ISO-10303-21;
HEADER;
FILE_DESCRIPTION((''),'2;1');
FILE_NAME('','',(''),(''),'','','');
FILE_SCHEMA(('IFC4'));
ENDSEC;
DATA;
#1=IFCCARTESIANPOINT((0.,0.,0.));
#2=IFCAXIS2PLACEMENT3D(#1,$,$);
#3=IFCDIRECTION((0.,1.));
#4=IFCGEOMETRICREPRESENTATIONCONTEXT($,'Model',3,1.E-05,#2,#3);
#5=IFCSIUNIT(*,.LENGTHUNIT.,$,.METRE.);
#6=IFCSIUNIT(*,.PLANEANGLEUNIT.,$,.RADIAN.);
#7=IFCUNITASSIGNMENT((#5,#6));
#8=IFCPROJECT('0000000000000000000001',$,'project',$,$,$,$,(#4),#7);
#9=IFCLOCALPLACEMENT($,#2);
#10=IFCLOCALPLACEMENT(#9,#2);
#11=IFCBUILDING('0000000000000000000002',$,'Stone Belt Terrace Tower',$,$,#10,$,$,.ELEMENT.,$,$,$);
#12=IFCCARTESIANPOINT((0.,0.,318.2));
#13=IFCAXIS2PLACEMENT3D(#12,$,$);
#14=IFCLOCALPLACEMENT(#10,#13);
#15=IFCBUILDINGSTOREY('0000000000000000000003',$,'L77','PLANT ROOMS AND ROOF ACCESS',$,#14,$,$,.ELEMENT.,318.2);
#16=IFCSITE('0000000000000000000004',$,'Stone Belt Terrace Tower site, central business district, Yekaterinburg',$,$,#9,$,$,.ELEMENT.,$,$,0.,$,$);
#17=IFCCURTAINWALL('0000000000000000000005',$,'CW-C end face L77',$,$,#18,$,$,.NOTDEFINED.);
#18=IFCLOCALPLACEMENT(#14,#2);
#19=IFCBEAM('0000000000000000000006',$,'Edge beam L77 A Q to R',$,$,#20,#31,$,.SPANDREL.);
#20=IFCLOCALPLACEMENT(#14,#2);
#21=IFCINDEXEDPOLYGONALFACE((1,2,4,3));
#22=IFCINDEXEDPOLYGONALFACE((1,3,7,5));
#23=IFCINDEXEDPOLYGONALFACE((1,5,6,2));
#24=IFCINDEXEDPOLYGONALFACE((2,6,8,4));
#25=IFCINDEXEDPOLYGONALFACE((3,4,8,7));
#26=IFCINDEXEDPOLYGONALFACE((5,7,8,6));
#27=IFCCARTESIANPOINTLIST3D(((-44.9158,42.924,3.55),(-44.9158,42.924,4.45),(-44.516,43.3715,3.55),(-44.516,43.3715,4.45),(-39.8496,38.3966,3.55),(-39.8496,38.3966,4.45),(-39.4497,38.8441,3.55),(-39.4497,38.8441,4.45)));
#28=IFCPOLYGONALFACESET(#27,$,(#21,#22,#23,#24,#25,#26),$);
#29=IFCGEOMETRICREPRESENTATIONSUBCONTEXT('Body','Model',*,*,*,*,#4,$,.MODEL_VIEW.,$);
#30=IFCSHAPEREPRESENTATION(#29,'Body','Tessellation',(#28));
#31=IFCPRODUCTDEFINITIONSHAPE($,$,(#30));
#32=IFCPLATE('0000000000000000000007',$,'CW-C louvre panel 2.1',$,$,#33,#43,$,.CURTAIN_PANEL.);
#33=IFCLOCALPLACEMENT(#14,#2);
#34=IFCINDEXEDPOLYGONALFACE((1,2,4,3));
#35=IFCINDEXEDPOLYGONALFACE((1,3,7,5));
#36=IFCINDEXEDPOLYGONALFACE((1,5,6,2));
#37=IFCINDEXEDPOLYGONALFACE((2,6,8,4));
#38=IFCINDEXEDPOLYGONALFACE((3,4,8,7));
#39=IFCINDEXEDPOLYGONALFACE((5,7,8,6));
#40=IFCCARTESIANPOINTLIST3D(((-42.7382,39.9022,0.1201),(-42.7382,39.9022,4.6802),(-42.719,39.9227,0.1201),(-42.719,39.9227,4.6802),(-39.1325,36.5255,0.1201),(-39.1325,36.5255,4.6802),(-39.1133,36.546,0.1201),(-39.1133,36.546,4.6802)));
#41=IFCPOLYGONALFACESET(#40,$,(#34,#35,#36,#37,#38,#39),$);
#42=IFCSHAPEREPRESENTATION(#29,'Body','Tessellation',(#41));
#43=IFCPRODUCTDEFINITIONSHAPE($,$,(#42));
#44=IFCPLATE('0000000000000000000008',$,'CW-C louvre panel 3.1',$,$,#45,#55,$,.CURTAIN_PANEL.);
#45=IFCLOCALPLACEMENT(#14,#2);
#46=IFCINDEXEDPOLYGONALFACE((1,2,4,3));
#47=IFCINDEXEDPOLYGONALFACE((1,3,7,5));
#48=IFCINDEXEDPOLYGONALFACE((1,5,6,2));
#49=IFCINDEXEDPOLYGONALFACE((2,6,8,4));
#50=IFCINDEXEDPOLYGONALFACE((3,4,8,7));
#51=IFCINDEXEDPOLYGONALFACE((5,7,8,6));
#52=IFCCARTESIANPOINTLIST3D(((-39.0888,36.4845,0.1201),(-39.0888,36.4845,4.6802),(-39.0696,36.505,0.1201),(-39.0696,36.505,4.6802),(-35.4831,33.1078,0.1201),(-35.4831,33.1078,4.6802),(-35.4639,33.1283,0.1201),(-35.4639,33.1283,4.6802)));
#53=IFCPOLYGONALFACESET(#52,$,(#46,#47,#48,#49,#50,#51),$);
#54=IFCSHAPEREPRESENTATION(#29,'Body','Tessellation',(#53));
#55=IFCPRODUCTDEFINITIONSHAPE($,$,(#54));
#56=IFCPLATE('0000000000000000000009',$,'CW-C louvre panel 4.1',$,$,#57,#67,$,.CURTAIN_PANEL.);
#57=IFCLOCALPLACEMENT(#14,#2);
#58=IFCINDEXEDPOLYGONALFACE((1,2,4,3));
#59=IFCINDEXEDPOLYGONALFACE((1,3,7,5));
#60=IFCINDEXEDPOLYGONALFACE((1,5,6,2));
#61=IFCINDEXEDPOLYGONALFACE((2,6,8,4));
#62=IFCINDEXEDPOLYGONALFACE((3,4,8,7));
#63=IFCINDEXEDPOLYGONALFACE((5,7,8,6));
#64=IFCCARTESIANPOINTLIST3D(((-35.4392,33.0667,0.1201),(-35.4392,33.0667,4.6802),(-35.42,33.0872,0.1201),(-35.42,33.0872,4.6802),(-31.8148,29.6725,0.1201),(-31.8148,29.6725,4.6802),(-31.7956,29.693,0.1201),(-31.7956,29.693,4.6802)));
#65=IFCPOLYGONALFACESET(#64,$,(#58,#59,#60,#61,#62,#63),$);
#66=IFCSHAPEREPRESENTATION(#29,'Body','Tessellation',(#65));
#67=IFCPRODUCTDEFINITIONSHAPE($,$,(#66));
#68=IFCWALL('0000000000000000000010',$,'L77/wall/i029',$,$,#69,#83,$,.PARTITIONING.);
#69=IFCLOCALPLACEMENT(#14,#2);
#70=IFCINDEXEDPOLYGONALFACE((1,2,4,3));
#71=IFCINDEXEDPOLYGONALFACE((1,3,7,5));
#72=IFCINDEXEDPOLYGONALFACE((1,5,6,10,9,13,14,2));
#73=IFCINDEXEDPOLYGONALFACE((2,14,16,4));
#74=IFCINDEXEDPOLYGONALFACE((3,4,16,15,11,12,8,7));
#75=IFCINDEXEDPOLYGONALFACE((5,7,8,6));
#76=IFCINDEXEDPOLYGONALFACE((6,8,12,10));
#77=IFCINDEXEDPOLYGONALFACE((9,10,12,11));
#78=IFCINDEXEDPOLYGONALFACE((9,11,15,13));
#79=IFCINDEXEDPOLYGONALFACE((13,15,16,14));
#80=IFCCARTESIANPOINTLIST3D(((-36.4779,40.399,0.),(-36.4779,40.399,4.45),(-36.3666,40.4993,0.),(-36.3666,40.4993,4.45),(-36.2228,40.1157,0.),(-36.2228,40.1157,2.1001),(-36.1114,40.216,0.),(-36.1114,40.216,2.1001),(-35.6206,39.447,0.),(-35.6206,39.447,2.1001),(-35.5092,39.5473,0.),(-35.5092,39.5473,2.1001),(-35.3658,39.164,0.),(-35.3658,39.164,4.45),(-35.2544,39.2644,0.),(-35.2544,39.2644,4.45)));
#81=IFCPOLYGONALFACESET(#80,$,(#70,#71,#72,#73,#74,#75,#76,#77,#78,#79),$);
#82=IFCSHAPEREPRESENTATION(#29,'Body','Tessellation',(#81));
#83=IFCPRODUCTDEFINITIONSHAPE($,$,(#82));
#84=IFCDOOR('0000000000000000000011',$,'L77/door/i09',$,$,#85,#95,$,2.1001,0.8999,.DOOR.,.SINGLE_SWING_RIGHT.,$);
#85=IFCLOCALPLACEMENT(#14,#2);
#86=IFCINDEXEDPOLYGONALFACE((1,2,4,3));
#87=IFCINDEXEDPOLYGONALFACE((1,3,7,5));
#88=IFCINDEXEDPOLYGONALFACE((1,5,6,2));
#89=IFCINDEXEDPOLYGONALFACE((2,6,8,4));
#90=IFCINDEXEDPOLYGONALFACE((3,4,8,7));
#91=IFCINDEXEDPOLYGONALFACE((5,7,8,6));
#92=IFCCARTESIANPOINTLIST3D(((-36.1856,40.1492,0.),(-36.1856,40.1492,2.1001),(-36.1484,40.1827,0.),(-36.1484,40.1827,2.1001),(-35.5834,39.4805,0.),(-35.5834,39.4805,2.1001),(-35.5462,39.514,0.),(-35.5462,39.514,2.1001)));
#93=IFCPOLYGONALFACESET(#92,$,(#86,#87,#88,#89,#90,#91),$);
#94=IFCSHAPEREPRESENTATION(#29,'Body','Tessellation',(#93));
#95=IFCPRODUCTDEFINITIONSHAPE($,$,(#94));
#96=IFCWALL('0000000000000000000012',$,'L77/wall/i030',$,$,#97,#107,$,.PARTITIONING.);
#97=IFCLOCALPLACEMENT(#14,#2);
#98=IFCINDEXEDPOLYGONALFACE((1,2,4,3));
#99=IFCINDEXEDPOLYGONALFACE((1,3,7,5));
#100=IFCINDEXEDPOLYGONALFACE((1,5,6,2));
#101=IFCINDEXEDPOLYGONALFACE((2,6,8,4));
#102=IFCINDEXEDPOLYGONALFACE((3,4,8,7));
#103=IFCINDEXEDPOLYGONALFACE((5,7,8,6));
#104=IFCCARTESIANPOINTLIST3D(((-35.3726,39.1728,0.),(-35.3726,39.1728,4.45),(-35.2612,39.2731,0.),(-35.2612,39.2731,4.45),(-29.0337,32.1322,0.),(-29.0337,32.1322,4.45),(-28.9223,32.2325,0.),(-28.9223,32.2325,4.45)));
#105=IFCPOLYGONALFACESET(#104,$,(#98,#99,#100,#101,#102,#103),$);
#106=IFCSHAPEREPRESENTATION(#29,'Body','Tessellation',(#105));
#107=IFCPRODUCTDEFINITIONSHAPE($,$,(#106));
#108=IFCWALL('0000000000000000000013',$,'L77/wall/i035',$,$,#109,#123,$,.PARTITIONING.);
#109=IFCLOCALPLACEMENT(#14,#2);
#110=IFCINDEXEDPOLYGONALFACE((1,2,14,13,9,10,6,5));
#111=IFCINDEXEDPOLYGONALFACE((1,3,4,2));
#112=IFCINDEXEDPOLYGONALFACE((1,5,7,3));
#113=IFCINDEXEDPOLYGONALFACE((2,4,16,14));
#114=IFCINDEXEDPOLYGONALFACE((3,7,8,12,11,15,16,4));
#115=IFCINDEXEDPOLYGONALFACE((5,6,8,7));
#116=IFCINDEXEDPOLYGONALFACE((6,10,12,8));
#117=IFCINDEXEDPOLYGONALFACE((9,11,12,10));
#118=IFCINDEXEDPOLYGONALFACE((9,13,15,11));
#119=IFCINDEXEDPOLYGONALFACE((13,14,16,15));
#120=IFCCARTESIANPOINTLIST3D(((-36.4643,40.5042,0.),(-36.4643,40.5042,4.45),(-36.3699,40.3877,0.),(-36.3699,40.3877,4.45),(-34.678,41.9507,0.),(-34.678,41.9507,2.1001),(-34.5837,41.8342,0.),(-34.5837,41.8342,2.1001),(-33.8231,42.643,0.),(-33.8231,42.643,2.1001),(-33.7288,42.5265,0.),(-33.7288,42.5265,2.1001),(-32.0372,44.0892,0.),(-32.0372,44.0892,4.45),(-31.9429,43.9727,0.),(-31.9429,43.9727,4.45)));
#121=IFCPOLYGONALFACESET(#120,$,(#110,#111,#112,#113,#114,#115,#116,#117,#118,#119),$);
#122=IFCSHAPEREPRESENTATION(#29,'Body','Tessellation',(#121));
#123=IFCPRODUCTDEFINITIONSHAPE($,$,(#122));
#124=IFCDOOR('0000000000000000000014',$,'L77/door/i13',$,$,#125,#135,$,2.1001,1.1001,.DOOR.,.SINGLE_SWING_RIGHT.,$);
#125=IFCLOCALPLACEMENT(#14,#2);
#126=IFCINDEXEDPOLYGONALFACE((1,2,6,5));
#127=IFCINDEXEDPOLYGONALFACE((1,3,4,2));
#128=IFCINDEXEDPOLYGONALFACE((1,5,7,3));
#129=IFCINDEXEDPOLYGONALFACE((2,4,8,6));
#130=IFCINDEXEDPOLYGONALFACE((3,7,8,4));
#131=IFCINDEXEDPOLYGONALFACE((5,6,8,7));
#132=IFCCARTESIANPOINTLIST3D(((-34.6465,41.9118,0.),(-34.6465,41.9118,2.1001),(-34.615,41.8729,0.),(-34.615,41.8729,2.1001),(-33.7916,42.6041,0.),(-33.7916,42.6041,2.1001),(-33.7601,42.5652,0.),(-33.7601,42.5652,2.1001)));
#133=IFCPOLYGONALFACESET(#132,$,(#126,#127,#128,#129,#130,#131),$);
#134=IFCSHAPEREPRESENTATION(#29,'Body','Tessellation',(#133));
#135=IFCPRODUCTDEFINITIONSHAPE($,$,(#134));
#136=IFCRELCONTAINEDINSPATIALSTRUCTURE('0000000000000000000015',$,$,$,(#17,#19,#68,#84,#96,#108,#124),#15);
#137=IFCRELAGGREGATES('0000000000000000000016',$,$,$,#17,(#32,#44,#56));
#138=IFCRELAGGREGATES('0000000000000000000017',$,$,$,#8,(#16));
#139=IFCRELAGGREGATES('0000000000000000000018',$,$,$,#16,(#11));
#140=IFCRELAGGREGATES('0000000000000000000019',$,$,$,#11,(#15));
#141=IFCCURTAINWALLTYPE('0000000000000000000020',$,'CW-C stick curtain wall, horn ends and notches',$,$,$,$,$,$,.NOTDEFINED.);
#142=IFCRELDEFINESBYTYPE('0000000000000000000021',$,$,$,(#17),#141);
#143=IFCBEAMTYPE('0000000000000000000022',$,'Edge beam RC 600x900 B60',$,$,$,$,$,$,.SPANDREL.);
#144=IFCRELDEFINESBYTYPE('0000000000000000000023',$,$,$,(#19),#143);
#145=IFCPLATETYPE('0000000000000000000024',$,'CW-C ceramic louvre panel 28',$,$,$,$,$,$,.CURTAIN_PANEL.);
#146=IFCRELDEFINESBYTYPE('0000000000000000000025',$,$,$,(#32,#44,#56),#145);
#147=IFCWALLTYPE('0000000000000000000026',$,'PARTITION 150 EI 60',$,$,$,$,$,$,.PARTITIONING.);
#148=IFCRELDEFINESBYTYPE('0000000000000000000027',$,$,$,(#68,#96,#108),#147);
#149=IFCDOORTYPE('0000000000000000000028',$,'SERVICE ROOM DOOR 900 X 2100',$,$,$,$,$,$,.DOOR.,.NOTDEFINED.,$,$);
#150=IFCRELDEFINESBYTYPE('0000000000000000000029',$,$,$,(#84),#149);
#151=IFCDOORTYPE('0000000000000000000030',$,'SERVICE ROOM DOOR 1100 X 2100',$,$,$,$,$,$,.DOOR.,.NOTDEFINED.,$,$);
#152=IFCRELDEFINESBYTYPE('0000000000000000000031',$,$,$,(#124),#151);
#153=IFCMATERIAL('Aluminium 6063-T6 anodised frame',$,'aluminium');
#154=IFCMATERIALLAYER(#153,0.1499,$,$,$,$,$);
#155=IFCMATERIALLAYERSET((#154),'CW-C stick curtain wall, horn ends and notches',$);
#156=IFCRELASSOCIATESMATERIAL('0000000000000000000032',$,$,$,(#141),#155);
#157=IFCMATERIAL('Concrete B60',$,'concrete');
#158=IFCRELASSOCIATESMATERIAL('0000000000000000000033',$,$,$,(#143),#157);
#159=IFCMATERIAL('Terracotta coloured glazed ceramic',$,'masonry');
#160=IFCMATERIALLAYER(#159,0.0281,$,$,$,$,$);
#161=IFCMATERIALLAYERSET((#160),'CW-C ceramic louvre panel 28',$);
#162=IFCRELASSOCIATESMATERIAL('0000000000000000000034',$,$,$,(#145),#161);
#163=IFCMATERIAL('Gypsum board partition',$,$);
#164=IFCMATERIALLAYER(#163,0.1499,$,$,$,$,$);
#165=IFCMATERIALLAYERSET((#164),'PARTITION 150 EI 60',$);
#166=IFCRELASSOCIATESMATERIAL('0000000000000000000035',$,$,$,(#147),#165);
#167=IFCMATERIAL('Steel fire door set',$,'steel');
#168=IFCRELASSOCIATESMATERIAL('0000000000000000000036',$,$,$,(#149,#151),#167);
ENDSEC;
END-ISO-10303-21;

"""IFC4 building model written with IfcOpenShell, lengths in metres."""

from ifc_helpers import new_model, si_unit, direction, frame, frame_2d, origin, origin_2d, place, context, subcontext, project, spatial, rectangle, extrude, material, layer, layer_set, material_profile, profile_set, type_object, element, fill, aggregate, save


model = new_model("IFC4")

# Units and contexts
model_context = context("Model", 3, precision=1e-05, world=origin(), true_north=direction((0.0, 1.0)))
body_context = subcontext(model_context, "Body", "Model", "MODEL_VIEW")
ifc_project = project(units=[si_unit("LENGTHUNIT", "METRE"), si_unit("PLANEANGLEUNIT", "RADIAN")], contexts=[model_context])

# Site, building, storey
site_placement = place(None, origin())
site = spatial("IfcSite", under=ifc_project, at=site_placement, Name="Stone Belt Terrace Tower site, central business district, Yekaterinburg", CompositionType="ELEMENT", RefElevation=0.0)
building_placement = place(site_placement, origin())
building = spatial("IfcBuilding", under=site, at=building_placement, Name="Stone Belt Terrace Tower", CompositionType="ELEMENT")
storey_placement = place(building_placement, frame((0.0, 0.0, 318.2)))
storey = spatial("IfcBuildingStorey", under=building, at=storey_placement, Name="L77", Description="PLANT ROOMS AND ROOF ACCESS", CompositionType="ELEMENT", Elevation=318.2)

# Shared definitions
ifc_material_1 = material(Name="Concrete B60", Category="concrete")

# Shared definitions
ifc_material_2 = material(Name="Aluminium 6063-T6 anodised frame", Category="aluminium")
ifc_layer_1 = layer(ifc_material_2, 0.1499)
ifc_layer_set_1 = layer_set([ifc_layer_1], Name="CW-C stick curtain wall, horn ends and notches")
curtain_wall_type = type_object("IfcCurtainWallType", Name="CW-C stick curtain wall, horn ends and notches", PredefinedType="NOTDEFINED", material=ifc_layer_set_1)

# Curtain wall
curtain_wall_1_placement = place(storey_placement, origin())
curtain_wall_1 = element("IfcCurtainWall", 1, at=curtain_wall_1_placement, inside=storey, type_object=curtain_wall_type, Name="CW-C end face L77", PredefinedType="NOTDEFINED")

# Beam
ifc_material_profile_1 = material_profile(ifc_material_1, rectangle(XDim=0.6001, YDim=0.8999, at=origin_2d()), Name="RC 600x900")
ifc_profile_set_1 = profile_set([ifc_material_profile_1], Name="Concrete B60")
beam_type = type_object("IfcBeamType", Name="Edge beam RC 600x900 B60", PredefinedType="SPANDREL", material=ifc_profile_set_1)
beam_1_placement = place(storey_placement, frame((-39.6497, 38.6204, 4.0), z_axis=(-0.745646, 0.666342, 0.0), x_axis=(-0.666342, -0.745646, 0.0)))
element("IfcBeam", 2, at=beam_1_placement, inside=storey, type_object=beam_type, Name="Edge beam L77 A Q to R", PredefinedType="SPANDREL", context=body_context, shape_type="SweptSolid", body=[
    extrude(rectangle(XDim=0.6001, YDim=0.8999, at=origin_2d()), origin(), (0.0, 0.0, 1.0), 6.7944),
])

# Plates
ifc_material_3 = material(Name="Terracotta coloured glazed ceramic", Category="masonry")
ifc_layer_2 = layer(ifc_material_3, 0.0281)
ifc_layer_set_2 = layer_set([ifc_layer_2], Name="CW-C ceramic louvre panel 28")
plate_type = type_object("IfcPlateType", Name="CW-C ceramic louvre panel 28", PredefinedType="CURTAIN_PANEL", material=ifc_layer_set_2)
plate_1_placement = place(storey_placement, frame((-40.9258, 38.2241, 0.1201), z_axis=(0.0, 0.0, 1.0), x_axis=(0.729904, -0.683549, 0.0)))
plate_1 = element("IfcPlate", 3, at=plate_1_placement, type_object=plate_type, Name="CW-C louvre panel 2.1", PredefinedType="CURTAIN_PANEL", context=body_context, shape_type="SweptSolid", body=[
    extrude(rectangle(XDim=4.9399, YDim=0.0281, at=origin_2d()), origin(), (0.0, 0.0, 1.0), 4.5601),
])
plate_2_placement = place(storey_placement, frame((-37.2764, 34.8064, 0.1201), z_axis=(0.0, 0.0, 1.0), x_axis=(0.729904, -0.683549, 0.0)))
plate_2 = element("IfcPlate", 4, at=plate_2_placement, type_object=plate_type, Name="CW-C louvre panel 3.1", PredefinedType="CURTAIN_PANEL", context=body_context, shape_type="SweptSolid", body=[
    extrude(rectangle(XDim=4.9399, YDim=0.0281, at=origin_2d()), origin(), (0.0, 0.0, 1.0), 4.5601),
])
plate_3_placement = place(storey_placement, frame((-33.6174, 31.3799, 0.1201), z_axis=(0.0, 0.0, 1.0), x_axis=(0.729904, -0.683549, 0.0)))
plate_3 = element("IfcPlate", 5, at=plate_3_placement, type_object=plate_type, Name="CW-C louvre panel 4.1", PredefinedType="CURTAIN_PANEL", context=body_context, shape_type="SweptSolid", body=[
    extrude(rectangle(XDim=4.9656, YDim=0.0281, at=origin_2d()), origin(), (0.0, 0.0, 1.0), 4.5601),
])
aggregate(curtain_wall_1, [plate_1, plate_2, plate_3])

# Wall, opening, door
ifc_material_4 = material(Name="Gypsum board partition")
ifc_layer_3 = layer(ifc_material_4, 0.1499)
ifc_layer_set_3 = layer_set([ifc_layer_3], Name="PARTITION 150 EI 60")
wall_type = type_object("IfcWallType", Name="PARTITION 150 EI 60", PredefinedType="PARTITIONING", material=ifc_layer_set_3)
wall_1_placement = place(storey_placement, frame((-35.3101, 39.2141, 0.0), z_axis=(0.0, 0.0, 1.0), x_axis=(-0.669192, 0.74309, 0.0)))
wall_1 = element("IfcWall", 6, at=wall_1_placement, inside=storey, type_object=wall_type, Name="L77/wall/i029", PredefinedType="PARTITIONING", context=body_context, shape_type="SweptSolid", body=[
    extrude(rectangle(XDim=1.6619, YDim=0.1499, at=frame_2d((0.8311, 0.0))), origin(), (0.0, 0.0, 1.0), 4.45),
])
opening_1_placement = place(wall_1_placement, frame((0.3809, 0.0, 0.0)))
opening_1 = element("IfcOpeningElement", 7, at=opening_1_placement, cuts=wall_1, PredefinedType="OPENING", context=body_context, shape_type="SweptSolid", body=[
    extrude(rectangle(XDim=0.8999, YDim=2.1001, at=frame_2d((0.45, 1.05))), frame((0.0, 0.085, 0.0), z_axis=(0.0, -1.0, 0.0), x_axis=(1.0, 0.0, 0.0)), (0.0, 0.0, 1.0), 0.1699),
])
ifc_material_5 = material(Name="Steel fire door set", Category="steel")
door_type_1 = type_object("IfcDoorType", Name="SERVICE ROOM DOOR 900 X 2100", OperationType="NOTDEFINED", PredefinedType="DOOR", material=ifc_material_5)
door_1_placement = place(opening_1_placement, origin())
door_1 = element("IfcDoor", 8, at=door_1_placement, inside=storey, type_object=door_type_1, Name="L77/door/i09", OperationType="SINGLE_SWING_RIGHT", OverallHeight=2.1001, OverallWidth=0.8999, PredefinedType="DOOR", context=body_context, shape_type="SweptSolid", body=[
    extrude(rectangle(XDim=0.8999, YDim=2.1001, at=frame_2d((0.45, 1.05))), frame((0.0, 0.0249, 0.0), z_axis=(0.0, -1.0, 0.0), x_axis=(1.0, 0.0, 0.0)), (0.0, 0.0, 1.0), 0.05),
])
fill(opening_1, door_1)

# Wall
wall_2_placement = place(storey_placement, frame((-35.3169, 39.2229, 0.0), z_axis=(0.0, 0.0, 1.0), x_axis=(0.669104, -0.743169, 0.0)))
element("IfcWall", 9, at=wall_2_placement, inside=storey, type_object=wall_type, Name="L77/wall/i030", PredefinedType="PARTITIONING", context=body_context, shape_type="SweptSolid", body=[
    extrude(rectangle(XDim=9.4736, YDim=0.1499, at=frame_2d((4.7368, 0.0))), origin(), (0.0, 0.0, 1.0), 4.45),
])

# Wall, opening, door
wall_3_placement = place(storey_placement, frame((-36.417, 40.446, 0.0), z_axis=(0.0, 0.0, 1.0), x_axis=(0.777142, 0.629325, 0.0)))
wall_3 = element("IfcWall", 10, at=wall_3_placement, inside=storey, type_object=wall_type, Name="L77/wall/i035", PredefinedType="PARTITIONING", context=body_context, shape_type="SweptSolid", body=[
    extrude(rectangle(XDim=5.6965, YDim=0.1499, at=frame_2d((2.8481, 0.0))), origin(), (0.0, 0.0, 1.0), 4.45),
])
opening_2_placement = place(wall_3_placement, frame((2.2983, 0.0, 0.0)))
opening_2 = element("IfcOpeningElement", 11, at=opening_2_placement, cuts=wall_3, PredefinedType="OPENING", context=body_context, shape_type="SweptSolid", body=[
    extrude(rectangle(XDim=1.1001, YDim=2.1001, at=frame_2d((0.55, 1.05))), frame((0.0, 0.085, 0.0), z_axis=(0.0, -1.0, 0.0), x_axis=(1.0, 0.0, 0.0)), (0.0, 0.0, 1.0), 0.1699),
])
door_type_2 = type_object("IfcDoorType", Name="SERVICE ROOM DOOR 1100 X 2100", OperationType="NOTDEFINED", PredefinedType="DOOR", material=ifc_material_5)
door_2_placement = place(opening_2_placement, origin())
door_2 = element("IfcDoor", 12, at=door_2_placement, inside=storey, type_object=door_type_2, Name="L77/door/i13", OperationType="SINGLE_SWING_RIGHT", OverallHeight=2.1001, OverallWidth=1.1001, PredefinedType="DOOR", context=body_context, shape_type="SweptSolid", body=[
    extrude(rectangle(XDim=1.1001, YDim=2.1001, at=frame_2d((0.55, 1.05))), frame((0.0, 0.0249, 0.0), z_axis=(0.0, -1.0, 0.0), x_axis=(1.0, 0.0, 0.0)), (0.0, 0.0, 1.0), 0.05),
])
fill(opening_2, door_2)

save(model, "model.ifc")
